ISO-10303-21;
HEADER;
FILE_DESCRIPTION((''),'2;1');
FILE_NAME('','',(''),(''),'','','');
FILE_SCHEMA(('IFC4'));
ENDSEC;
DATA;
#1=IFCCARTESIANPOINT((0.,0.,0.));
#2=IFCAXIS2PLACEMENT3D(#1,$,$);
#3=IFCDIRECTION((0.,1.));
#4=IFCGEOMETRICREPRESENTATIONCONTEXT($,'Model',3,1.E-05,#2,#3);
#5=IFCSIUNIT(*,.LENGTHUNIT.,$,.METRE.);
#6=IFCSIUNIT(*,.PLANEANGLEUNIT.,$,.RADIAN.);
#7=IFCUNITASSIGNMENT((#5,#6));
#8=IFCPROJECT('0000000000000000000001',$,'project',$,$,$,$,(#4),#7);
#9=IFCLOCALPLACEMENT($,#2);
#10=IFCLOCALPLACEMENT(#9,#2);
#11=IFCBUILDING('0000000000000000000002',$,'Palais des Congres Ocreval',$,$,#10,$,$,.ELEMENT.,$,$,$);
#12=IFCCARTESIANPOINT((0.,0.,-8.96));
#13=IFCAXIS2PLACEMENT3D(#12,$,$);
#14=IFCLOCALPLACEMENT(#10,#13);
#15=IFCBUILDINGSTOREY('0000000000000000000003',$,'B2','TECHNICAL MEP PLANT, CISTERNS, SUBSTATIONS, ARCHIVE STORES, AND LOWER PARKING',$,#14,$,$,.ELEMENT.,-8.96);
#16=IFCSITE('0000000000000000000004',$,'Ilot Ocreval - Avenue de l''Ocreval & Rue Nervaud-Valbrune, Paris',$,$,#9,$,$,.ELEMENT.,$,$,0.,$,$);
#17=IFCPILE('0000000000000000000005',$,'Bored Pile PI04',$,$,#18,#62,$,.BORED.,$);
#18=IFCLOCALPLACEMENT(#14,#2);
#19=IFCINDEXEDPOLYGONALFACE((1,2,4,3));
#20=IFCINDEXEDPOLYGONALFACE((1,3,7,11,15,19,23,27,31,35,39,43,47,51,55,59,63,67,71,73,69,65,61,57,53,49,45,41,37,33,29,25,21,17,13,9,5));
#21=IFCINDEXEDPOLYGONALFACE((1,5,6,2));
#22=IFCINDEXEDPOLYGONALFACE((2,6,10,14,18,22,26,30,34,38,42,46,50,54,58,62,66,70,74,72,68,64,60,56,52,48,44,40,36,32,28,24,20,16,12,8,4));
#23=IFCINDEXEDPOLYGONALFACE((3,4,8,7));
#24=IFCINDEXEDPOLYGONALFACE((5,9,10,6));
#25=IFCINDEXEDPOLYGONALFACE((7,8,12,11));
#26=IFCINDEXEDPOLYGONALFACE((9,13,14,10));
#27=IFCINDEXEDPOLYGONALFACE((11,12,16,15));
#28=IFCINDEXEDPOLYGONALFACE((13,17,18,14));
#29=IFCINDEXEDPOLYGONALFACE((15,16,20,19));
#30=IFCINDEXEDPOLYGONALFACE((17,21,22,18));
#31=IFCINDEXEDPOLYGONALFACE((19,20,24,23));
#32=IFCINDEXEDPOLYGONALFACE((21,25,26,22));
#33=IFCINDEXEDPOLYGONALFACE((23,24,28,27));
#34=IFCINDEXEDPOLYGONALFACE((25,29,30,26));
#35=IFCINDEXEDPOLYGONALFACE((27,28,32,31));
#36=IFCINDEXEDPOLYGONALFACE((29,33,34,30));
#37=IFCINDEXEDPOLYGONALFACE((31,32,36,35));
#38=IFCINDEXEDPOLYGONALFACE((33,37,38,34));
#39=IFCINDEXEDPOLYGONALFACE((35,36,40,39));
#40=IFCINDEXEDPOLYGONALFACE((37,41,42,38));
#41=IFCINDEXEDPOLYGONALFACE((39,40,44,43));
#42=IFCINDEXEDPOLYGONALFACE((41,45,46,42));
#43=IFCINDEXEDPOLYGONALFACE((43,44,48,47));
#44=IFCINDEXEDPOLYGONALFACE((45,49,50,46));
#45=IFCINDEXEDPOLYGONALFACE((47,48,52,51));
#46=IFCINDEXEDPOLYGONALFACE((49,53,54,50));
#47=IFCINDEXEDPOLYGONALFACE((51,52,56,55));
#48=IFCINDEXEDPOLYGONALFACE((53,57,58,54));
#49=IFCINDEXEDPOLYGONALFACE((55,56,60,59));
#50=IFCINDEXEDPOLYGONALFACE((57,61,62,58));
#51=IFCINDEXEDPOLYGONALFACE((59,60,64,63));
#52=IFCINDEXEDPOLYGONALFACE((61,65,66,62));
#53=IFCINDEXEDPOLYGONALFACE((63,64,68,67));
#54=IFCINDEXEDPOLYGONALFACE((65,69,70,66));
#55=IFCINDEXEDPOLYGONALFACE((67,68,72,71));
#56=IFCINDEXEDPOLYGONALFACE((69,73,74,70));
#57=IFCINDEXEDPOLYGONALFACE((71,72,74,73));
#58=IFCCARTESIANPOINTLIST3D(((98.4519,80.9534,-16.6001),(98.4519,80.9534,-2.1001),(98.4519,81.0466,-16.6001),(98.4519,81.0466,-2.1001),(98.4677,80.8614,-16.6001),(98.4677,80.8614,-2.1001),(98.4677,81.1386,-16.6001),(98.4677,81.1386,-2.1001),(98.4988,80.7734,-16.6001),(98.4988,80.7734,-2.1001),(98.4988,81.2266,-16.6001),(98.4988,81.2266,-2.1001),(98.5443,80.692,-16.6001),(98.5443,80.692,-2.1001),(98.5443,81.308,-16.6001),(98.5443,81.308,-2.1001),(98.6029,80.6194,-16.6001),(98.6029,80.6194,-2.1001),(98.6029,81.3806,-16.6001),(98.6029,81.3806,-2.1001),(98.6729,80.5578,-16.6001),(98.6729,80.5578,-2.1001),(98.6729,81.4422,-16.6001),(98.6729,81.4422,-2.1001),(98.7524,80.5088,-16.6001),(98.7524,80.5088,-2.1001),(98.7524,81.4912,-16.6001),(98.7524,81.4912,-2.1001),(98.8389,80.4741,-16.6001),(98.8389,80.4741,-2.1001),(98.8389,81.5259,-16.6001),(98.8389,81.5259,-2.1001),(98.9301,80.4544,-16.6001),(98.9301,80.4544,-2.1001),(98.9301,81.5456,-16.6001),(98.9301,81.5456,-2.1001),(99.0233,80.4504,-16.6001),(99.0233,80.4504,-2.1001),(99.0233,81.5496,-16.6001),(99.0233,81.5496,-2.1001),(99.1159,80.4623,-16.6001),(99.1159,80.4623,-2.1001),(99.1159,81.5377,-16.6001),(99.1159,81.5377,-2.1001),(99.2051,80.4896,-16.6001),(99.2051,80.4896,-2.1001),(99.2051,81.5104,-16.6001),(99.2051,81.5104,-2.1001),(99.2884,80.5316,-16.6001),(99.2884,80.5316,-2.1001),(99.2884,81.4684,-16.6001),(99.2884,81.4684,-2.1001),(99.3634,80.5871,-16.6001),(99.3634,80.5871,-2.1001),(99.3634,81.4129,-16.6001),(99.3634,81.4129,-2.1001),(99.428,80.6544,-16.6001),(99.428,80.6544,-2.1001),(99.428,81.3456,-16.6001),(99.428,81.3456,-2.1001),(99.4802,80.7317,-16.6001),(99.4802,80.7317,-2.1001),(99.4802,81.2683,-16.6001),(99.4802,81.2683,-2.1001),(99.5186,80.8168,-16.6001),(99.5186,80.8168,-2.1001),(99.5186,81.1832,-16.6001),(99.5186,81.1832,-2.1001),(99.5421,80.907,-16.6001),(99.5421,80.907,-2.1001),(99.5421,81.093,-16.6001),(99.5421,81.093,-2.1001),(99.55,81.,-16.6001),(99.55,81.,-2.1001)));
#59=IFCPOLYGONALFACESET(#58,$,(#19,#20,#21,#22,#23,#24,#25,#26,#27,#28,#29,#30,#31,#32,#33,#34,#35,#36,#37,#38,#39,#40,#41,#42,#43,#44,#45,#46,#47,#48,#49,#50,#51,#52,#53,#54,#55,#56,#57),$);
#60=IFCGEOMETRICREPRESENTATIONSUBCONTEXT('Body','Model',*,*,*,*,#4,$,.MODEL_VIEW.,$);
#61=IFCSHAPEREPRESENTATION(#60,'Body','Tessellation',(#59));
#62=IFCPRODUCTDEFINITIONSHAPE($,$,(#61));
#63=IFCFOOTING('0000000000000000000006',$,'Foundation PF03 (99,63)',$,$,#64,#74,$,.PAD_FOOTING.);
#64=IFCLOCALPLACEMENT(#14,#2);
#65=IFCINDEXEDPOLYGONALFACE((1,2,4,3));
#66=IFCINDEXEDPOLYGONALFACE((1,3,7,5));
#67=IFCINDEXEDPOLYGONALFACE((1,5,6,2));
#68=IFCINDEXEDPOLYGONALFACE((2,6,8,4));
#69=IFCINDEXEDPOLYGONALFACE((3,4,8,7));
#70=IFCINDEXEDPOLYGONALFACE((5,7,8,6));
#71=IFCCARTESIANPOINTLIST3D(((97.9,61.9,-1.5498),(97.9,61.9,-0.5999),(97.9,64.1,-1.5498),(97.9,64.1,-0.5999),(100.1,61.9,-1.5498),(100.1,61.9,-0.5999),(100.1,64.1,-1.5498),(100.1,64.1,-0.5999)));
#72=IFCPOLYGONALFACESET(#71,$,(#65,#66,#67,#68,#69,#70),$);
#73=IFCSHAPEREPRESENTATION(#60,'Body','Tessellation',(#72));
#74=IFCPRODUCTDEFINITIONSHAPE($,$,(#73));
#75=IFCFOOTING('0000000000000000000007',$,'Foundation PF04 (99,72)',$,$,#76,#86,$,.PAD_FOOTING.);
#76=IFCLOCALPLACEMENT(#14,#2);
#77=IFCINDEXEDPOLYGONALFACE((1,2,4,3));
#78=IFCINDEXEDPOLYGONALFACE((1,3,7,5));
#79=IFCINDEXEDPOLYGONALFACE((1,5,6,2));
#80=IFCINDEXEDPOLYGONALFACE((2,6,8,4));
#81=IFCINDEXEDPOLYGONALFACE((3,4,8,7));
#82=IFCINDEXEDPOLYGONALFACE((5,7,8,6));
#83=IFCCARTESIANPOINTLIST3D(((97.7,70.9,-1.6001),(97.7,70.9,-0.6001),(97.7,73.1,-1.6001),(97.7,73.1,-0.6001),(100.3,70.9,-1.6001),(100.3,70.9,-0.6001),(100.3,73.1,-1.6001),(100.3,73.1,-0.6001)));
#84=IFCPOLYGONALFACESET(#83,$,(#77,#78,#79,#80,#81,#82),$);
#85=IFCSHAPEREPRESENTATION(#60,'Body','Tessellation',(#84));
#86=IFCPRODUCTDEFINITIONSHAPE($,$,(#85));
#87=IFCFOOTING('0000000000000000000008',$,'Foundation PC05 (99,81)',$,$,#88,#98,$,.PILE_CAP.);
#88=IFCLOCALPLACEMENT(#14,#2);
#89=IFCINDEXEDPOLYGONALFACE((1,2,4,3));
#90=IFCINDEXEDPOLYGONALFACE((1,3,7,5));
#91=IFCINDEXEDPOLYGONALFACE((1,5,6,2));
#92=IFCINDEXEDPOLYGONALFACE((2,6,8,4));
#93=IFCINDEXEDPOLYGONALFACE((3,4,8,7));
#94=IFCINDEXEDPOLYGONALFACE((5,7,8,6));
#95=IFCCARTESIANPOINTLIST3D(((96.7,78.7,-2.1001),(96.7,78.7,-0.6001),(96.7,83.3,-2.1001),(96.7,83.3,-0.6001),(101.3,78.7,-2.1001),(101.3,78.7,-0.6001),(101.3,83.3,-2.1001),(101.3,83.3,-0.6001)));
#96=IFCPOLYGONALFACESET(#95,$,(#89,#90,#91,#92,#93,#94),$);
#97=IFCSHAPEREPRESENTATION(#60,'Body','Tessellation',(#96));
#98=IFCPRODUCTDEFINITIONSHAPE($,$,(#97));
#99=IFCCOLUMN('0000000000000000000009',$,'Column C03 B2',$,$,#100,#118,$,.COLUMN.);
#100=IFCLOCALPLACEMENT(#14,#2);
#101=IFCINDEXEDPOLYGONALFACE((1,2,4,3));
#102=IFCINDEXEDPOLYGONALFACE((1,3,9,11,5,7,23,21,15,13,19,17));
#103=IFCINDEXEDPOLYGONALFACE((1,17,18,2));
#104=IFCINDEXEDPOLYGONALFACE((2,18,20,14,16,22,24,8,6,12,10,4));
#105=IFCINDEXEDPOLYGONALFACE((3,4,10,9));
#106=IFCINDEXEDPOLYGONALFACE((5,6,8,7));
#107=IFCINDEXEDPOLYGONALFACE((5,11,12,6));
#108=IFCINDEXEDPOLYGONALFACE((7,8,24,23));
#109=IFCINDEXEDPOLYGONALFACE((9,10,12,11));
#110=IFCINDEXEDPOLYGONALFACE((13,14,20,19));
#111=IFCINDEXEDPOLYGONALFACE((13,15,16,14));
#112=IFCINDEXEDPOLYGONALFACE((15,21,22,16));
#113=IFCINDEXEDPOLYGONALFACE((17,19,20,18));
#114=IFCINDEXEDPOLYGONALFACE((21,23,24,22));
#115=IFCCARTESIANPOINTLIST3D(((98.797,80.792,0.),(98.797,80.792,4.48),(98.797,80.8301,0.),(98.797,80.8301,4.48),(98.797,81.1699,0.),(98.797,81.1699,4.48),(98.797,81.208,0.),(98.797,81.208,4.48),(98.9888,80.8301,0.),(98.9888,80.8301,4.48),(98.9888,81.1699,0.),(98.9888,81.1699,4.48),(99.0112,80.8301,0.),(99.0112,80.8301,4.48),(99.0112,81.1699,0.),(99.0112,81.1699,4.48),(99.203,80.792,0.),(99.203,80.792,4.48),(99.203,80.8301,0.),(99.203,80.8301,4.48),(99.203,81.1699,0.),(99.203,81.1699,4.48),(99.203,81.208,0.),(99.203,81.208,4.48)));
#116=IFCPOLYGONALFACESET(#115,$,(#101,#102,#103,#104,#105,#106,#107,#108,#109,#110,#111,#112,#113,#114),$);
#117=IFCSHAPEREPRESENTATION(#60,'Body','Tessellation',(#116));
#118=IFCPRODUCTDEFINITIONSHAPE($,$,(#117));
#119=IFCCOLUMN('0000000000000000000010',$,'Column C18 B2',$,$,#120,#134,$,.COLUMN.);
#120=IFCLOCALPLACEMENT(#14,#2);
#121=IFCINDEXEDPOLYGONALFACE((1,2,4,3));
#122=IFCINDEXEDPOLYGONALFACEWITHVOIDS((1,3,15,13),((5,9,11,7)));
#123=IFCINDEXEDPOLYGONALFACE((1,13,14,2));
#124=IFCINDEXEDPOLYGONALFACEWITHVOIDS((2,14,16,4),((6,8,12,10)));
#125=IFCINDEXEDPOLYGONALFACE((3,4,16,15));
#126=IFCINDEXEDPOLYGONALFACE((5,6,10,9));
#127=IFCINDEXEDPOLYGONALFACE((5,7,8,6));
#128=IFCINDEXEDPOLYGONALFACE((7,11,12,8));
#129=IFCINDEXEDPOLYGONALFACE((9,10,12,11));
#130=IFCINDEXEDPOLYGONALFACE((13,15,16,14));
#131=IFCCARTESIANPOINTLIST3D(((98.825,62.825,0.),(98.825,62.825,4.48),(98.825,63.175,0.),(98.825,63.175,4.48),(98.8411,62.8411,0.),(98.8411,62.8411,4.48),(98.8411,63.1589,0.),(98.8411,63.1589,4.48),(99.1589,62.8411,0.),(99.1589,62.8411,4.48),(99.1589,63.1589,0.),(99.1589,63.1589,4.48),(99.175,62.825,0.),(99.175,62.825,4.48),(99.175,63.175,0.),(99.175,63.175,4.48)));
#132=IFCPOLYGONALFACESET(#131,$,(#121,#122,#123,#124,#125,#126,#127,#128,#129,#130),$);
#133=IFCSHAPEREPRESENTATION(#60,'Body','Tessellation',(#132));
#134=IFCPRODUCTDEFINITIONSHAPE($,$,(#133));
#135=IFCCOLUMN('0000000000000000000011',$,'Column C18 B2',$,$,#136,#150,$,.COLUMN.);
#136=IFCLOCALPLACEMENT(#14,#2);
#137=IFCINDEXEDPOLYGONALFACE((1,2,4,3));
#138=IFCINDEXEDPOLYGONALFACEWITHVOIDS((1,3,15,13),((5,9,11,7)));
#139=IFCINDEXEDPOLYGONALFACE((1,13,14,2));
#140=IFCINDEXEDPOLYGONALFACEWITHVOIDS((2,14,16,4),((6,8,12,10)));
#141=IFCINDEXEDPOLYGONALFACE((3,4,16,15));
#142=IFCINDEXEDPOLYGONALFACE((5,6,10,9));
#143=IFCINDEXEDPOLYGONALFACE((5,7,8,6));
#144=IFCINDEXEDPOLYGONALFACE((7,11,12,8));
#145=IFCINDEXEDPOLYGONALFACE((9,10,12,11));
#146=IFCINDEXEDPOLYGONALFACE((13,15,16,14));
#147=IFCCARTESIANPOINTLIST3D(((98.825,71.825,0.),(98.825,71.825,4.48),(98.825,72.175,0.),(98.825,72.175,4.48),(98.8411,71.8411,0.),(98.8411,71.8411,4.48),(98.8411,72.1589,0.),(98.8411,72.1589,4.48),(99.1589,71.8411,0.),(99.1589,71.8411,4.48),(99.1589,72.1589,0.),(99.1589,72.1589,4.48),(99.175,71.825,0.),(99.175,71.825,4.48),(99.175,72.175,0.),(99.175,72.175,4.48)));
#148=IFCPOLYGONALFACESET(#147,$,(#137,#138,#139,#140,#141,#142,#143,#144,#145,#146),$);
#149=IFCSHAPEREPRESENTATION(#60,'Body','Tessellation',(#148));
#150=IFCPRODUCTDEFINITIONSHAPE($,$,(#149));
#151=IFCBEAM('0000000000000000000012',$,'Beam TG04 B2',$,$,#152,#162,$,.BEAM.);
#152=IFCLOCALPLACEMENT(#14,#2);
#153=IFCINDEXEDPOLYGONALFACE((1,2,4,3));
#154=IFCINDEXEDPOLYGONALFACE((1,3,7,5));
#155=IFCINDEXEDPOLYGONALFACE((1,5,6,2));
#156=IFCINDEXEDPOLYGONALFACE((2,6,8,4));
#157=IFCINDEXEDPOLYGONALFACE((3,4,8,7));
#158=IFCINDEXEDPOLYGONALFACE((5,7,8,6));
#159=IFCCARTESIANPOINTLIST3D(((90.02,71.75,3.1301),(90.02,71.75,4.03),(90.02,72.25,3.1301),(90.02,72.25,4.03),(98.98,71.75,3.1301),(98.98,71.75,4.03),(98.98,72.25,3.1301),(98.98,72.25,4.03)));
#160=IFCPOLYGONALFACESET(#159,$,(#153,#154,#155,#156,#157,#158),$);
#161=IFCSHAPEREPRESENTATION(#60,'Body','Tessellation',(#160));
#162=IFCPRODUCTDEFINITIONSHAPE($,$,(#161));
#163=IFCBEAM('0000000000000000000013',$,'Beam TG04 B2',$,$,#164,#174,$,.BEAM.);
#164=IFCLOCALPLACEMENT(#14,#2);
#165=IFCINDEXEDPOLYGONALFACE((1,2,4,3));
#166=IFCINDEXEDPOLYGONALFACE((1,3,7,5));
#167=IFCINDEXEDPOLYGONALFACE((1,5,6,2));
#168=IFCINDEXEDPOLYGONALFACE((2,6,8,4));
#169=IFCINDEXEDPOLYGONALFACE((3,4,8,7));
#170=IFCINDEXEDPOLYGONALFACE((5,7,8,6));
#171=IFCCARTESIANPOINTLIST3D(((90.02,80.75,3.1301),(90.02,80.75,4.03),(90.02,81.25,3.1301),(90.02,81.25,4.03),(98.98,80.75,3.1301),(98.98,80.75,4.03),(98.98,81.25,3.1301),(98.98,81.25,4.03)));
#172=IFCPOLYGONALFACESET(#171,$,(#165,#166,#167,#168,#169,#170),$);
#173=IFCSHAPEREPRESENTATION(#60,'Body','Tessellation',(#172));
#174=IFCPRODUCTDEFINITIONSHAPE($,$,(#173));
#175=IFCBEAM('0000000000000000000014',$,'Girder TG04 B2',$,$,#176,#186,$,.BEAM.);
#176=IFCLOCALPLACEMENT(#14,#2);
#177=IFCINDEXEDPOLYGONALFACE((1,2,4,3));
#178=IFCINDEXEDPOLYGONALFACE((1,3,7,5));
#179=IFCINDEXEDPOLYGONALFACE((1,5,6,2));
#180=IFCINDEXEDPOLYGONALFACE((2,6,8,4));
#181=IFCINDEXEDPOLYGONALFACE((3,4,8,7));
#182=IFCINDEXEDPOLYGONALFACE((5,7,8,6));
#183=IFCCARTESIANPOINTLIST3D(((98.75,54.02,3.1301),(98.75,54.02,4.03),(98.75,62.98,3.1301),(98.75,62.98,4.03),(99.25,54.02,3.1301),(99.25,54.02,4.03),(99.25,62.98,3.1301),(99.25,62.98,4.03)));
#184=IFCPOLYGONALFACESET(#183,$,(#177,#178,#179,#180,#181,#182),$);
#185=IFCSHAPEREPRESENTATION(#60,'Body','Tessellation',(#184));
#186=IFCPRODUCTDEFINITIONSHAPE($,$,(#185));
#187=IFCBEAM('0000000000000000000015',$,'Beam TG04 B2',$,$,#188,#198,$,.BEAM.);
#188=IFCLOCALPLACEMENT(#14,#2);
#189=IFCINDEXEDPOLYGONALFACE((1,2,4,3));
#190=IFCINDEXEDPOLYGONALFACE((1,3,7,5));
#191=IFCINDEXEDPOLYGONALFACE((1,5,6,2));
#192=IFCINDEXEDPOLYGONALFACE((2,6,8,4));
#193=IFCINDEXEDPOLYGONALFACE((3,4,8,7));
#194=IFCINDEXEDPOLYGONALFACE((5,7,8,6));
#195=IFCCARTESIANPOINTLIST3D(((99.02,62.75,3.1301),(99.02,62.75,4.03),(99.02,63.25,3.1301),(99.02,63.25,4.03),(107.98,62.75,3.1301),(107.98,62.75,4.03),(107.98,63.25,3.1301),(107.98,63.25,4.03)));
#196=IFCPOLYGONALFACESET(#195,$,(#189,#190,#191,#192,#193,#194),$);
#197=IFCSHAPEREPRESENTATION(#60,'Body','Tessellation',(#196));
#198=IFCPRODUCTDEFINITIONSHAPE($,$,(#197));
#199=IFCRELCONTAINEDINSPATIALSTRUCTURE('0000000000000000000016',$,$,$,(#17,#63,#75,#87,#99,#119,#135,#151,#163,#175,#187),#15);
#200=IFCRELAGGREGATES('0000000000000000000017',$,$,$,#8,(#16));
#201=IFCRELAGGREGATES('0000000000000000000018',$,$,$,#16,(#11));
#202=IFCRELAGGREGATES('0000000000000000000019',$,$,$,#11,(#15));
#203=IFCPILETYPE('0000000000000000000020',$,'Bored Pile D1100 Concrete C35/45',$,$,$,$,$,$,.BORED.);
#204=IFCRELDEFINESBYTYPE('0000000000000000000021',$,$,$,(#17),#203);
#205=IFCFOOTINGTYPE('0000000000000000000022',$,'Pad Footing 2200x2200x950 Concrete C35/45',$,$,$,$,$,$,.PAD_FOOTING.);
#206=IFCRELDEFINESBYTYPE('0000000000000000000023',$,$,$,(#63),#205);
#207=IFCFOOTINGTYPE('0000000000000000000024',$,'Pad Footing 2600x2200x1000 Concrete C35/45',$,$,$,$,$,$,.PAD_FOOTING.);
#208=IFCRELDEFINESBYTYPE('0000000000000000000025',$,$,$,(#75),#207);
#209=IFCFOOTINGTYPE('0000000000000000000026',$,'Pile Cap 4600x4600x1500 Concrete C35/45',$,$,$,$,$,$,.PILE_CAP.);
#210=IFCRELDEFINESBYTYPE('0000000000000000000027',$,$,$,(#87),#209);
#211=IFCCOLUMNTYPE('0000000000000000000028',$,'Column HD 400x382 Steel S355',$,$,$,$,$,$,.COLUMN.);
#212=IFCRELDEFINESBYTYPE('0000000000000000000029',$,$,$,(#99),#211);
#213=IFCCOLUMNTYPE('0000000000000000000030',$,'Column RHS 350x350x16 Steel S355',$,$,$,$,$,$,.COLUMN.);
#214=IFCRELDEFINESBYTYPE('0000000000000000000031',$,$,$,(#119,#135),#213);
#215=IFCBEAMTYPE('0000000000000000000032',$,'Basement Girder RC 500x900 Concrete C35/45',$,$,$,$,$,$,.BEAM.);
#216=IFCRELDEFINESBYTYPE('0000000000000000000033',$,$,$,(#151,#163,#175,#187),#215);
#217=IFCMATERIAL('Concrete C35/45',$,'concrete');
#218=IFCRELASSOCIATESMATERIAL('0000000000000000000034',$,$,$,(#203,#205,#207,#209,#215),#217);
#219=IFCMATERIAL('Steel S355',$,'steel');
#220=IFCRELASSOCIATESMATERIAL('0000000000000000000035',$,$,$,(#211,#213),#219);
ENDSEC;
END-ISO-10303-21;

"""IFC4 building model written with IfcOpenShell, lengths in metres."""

from ifc_helpers import new_model, si_unit, direction, frame, origin, origin_2d, place, context, subcontext, project, spatial, rectangle, hollow_rectangle, circle, i_section, extrude, material, material_profile, profile_set, type_object, element, save


model = new_model("IFC4")

# Units and contexts
model_context = context("Model", 3, precision=1e-05, world=origin(), true_north=direction((0.0, 1.0)))
body_context = subcontext(model_context, "Body", "Model", "MODEL_VIEW")
ifc_project = project(units=[si_unit("LENGTHUNIT", "METRE"), si_unit("PLANEANGLEUNIT", "RADIAN")], contexts=[model_context])

# Site, building, storey
site_placement = place(None, origin())
site = spatial("IfcSite", under=ifc_project, at=site_placement, Name="Ilot Ocreval - Avenue de l'Ocreval & Rue Nervaud-Valbrune, Paris", CompositionType="ELEMENT", RefElevation=0.0)
building_placement = place(site_placement, origin())
building = spatial("IfcBuilding", under=site, at=building_placement, Name="Palais des Congres Ocreval", CompositionType="ELEMENT")
storey_placement = place(building_placement, frame((0.0, 0.0, -8.96)))
storey = spatial("IfcBuildingStorey", under=building, at=storey_placement, Name="B2", Description="TECHNICAL MEP PLANT, CISTERNS, SUBSTATIONS, ARCHIVE STORES, AND LOWER PARKING", CompositionType="ELEMENT", Elevation=-8.96)

# Pile
ifc_material_1 = material(Name="Concrete C35/45", Category="concrete")
ifc_material_profile_1 = material_profile(ifc_material_1, circle(Radius=0.55, at=origin_2d()), Name="BORED PILE 1100")
ifc_profile_set_1 = profile_set([ifc_material_profile_1], Name="Concrete C35/45")
pile_type = type_object("IfcPileType", Name="Bored Pile D1100 Concrete C35/45", PredefinedType="BORED", material=ifc_profile_set_1)
pile_placement = place(storey_placement, frame((99.0, 81.0, -2.1001), z_axis=(0.0, 0.0, -1.0), x_axis=(1.0, 0.0, 0.0)))
element("IfcPile", 1, at=pile_placement, inside=storey, type_object=pile_type, Name="Bored Pile PI04", PredefinedType="BORED", context=body_context, shape_type="SweptSolid", body=[
    extrude(circle(Radius=0.55, at=origin_2d()), origin(), (0.0, 0.0, 1.0), 14.5),
])

# Footings
footing_type_1 = type_object("IfcFootingType", Name="Pad Footing 2200x2200x950 Concrete C35/45", PredefinedType="PAD_FOOTING", material=ifc_material_1)
footing_1_placement = place(storey_placement, frame((99.0, 63.0, -1.5498), z_axis=(0.0, 0.0, 1.0), x_axis=(1.0, 0.0, 0.0)))
element("IfcFooting", 2, at=footing_1_placement, inside=storey, type_object=footing_type_1, Name="Foundation PF03 (99,63)", PredefinedType="PAD_FOOTING", context=body_context, shape_type="SweptSolid", body=[
    extrude(rectangle(XDim=2.2, YDim=2.2, at=origin_2d()), origin(), (0.0, 0.0, 1.0), 0.95),
])
footing_type_2 = type_object("IfcFootingType", Name="Pad Footing 2600x2200x1000 Concrete C35/45", PredefinedType="PAD_FOOTING", material=ifc_material_1)
footing_2_placement = place(storey_placement, frame((99.0, 72.0, -1.6001), z_axis=(0.0, 0.0, 1.0), x_axis=(1.0, 0.0, 0.0)))
element("IfcFooting", 3, at=footing_2_placement, inside=storey, type_object=footing_type_2, Name="Foundation PF04 (99,72)", PredefinedType="PAD_FOOTING", context=body_context, shape_type="SweptSolid", body=[
    extrude(rectangle(XDim=2.6001, YDim=2.2, at=origin_2d()), origin(), (0.0, 0.0, 1.0), 1.0),
])
footing_type_3 = type_object("IfcFootingType", Name="Pile Cap 4600x4600x1500 Concrete C35/45", PredefinedType="PILE_CAP", material=ifc_material_1)
footing_3_placement = place(storey_placement, frame((99.0, 81.0, -2.1001), z_axis=(0.0, 0.0, 1.0), x_axis=(1.0, 0.0, 0.0)))
element("IfcFooting", 4, at=footing_3_placement, inside=storey, type_object=footing_type_3, Name="Foundation PC05 (99,81)", PredefinedType="PILE_CAP", context=body_context, shape_type="SweptSolid", body=[
    extrude(rectangle(XDim=4.6001, YDim=4.6001, at=origin_2d()), origin(), (0.0, 0.0, 1.0), 1.5),
])

# Columns
ifc_material_2 = material(Name="Steel S355", Category="steel")
ifc_material_profile_2 = material_profile(ifc_material_2, i_section(OverallWidth=0.406, OverallDepth=0.416, WebThickness=0.0225, FlangeThickness=0.0381, at=origin_2d()), Name="HD 400x382")
ifc_profile_set_2 = profile_set([ifc_material_profile_2], Name="Steel S355")
column_type_1 = type_object("IfcColumnType", Name="Column HD 400x382 Steel S355", PredefinedType="COLUMN", material=ifc_profile_set_2)
column_placement = place(storey_placement, frame((99.0, 81.0, 0.0), z_axis=(0.0, 0.0, 1.0), x_axis=(1.0, 0.0, 0.0)))
element("IfcColumn", 5, at=column_placement, inside=storey, type_object=column_type_1, Name="Column C03 B2", PredefinedType="COLUMN", context=body_context, shape_type="SweptSolid", body=[
    extrude(i_section(OverallWidth=0.406, OverallDepth=0.416, WebThickness=0.0225, FlangeThickness=0.0381, at=origin_2d()), origin(), (0.0, 0.0, 1.0), 4.48),
])
ifc_material_profile_3 = material_profile(ifc_material_2, hollow_rectangle(XDim=0.3501, YDim=0.3501, WallThickness=0.0161, at=origin_2d()), Name="RHS 350x350x16")
ifc_profile_set_3 = profile_set([ifc_material_profile_3], Name="Steel S355")
column_type_2 = type_object("IfcColumnType", Name="Column RHS 350x350x16 Steel S355", PredefinedType="COLUMN", material=ifc_profile_set_3)
for number, where, z_axis, x_axis, name in (
    (6, (99.0, 63.0, 0.0), (0.0, 0.0, 1.0), (1.0, 0.0, 0.0), "Column C18 B2"),
    (7, (99.0, 72.0, 0.0), (0.0, 0.0, 1.0), (1.0, 0.0, 0.0), "Column C18 B2"),
):
    element("IfcColumn", number, at=place(storey_placement, frame(where, z_axis=z_axis, x_axis=x_axis)), inside=storey, type_object=column_type_2, Name=name, PredefinedType="COLUMN", context=body_context, shape_type="SweptSolid", body=[
        extrude(hollow_rectangle(XDim=0.3501, YDim=0.3501, WallThickness=0.0161, at=origin_2d()), origin(), (0.0, 0.0, 1.0), 4.48),
    ])

# Beams
ifc_material_profile_4 = material_profile(ifc_material_1, rectangle(XDim=0.5, YDim=0.8999, at=origin_2d()), Name="RC 500x900")
ifc_profile_set_4 = profile_set([ifc_material_profile_4], Name="Concrete C35/45")
beam_type = type_object("IfcBeamType", Name="Basement Girder RC 500x900 Concrete C35/45", PredefinedType="BEAM", material=ifc_profile_set_4)
for number, where, z_axis, x_axis, name in (
    (8, (90.02, 72.0, 3.5801), (1.0, 0.0, 0.0), (0.0, 1.0, 0.0), "Beam TG04 B2"),
    (9, (90.02, 81.0, 3.5801), (1.0, 0.0, 0.0), (0.0, 1.0, 0.0), "Beam TG04 B2"),
    (10, (99.0, 54.02, 3.5801), (0.0, 1.0, 0.0), (-1.0, 0.0, 0.0), "Girder TG04 B2"),
    (11, (99.02, 63.0, 3.5801), (1.0, 0.0, 0.0), (0.0, 1.0, 0.0), "Beam TG04 B2"),
):
    element("IfcBeam", number, at=place(storey_placement, frame(where, z_axis=z_axis, x_axis=x_axis)), inside=storey, type_object=beam_type, Name=name, PredefinedType="BEAM", context=body_context, shape_type="SweptSolid", body=[
        extrude(rectangle(XDim=0.5, YDim=0.8999, at=origin_2d()), origin(), (0.0, 0.0, 1.0), 8.96),
    ])

save(model, "model.ifc")
